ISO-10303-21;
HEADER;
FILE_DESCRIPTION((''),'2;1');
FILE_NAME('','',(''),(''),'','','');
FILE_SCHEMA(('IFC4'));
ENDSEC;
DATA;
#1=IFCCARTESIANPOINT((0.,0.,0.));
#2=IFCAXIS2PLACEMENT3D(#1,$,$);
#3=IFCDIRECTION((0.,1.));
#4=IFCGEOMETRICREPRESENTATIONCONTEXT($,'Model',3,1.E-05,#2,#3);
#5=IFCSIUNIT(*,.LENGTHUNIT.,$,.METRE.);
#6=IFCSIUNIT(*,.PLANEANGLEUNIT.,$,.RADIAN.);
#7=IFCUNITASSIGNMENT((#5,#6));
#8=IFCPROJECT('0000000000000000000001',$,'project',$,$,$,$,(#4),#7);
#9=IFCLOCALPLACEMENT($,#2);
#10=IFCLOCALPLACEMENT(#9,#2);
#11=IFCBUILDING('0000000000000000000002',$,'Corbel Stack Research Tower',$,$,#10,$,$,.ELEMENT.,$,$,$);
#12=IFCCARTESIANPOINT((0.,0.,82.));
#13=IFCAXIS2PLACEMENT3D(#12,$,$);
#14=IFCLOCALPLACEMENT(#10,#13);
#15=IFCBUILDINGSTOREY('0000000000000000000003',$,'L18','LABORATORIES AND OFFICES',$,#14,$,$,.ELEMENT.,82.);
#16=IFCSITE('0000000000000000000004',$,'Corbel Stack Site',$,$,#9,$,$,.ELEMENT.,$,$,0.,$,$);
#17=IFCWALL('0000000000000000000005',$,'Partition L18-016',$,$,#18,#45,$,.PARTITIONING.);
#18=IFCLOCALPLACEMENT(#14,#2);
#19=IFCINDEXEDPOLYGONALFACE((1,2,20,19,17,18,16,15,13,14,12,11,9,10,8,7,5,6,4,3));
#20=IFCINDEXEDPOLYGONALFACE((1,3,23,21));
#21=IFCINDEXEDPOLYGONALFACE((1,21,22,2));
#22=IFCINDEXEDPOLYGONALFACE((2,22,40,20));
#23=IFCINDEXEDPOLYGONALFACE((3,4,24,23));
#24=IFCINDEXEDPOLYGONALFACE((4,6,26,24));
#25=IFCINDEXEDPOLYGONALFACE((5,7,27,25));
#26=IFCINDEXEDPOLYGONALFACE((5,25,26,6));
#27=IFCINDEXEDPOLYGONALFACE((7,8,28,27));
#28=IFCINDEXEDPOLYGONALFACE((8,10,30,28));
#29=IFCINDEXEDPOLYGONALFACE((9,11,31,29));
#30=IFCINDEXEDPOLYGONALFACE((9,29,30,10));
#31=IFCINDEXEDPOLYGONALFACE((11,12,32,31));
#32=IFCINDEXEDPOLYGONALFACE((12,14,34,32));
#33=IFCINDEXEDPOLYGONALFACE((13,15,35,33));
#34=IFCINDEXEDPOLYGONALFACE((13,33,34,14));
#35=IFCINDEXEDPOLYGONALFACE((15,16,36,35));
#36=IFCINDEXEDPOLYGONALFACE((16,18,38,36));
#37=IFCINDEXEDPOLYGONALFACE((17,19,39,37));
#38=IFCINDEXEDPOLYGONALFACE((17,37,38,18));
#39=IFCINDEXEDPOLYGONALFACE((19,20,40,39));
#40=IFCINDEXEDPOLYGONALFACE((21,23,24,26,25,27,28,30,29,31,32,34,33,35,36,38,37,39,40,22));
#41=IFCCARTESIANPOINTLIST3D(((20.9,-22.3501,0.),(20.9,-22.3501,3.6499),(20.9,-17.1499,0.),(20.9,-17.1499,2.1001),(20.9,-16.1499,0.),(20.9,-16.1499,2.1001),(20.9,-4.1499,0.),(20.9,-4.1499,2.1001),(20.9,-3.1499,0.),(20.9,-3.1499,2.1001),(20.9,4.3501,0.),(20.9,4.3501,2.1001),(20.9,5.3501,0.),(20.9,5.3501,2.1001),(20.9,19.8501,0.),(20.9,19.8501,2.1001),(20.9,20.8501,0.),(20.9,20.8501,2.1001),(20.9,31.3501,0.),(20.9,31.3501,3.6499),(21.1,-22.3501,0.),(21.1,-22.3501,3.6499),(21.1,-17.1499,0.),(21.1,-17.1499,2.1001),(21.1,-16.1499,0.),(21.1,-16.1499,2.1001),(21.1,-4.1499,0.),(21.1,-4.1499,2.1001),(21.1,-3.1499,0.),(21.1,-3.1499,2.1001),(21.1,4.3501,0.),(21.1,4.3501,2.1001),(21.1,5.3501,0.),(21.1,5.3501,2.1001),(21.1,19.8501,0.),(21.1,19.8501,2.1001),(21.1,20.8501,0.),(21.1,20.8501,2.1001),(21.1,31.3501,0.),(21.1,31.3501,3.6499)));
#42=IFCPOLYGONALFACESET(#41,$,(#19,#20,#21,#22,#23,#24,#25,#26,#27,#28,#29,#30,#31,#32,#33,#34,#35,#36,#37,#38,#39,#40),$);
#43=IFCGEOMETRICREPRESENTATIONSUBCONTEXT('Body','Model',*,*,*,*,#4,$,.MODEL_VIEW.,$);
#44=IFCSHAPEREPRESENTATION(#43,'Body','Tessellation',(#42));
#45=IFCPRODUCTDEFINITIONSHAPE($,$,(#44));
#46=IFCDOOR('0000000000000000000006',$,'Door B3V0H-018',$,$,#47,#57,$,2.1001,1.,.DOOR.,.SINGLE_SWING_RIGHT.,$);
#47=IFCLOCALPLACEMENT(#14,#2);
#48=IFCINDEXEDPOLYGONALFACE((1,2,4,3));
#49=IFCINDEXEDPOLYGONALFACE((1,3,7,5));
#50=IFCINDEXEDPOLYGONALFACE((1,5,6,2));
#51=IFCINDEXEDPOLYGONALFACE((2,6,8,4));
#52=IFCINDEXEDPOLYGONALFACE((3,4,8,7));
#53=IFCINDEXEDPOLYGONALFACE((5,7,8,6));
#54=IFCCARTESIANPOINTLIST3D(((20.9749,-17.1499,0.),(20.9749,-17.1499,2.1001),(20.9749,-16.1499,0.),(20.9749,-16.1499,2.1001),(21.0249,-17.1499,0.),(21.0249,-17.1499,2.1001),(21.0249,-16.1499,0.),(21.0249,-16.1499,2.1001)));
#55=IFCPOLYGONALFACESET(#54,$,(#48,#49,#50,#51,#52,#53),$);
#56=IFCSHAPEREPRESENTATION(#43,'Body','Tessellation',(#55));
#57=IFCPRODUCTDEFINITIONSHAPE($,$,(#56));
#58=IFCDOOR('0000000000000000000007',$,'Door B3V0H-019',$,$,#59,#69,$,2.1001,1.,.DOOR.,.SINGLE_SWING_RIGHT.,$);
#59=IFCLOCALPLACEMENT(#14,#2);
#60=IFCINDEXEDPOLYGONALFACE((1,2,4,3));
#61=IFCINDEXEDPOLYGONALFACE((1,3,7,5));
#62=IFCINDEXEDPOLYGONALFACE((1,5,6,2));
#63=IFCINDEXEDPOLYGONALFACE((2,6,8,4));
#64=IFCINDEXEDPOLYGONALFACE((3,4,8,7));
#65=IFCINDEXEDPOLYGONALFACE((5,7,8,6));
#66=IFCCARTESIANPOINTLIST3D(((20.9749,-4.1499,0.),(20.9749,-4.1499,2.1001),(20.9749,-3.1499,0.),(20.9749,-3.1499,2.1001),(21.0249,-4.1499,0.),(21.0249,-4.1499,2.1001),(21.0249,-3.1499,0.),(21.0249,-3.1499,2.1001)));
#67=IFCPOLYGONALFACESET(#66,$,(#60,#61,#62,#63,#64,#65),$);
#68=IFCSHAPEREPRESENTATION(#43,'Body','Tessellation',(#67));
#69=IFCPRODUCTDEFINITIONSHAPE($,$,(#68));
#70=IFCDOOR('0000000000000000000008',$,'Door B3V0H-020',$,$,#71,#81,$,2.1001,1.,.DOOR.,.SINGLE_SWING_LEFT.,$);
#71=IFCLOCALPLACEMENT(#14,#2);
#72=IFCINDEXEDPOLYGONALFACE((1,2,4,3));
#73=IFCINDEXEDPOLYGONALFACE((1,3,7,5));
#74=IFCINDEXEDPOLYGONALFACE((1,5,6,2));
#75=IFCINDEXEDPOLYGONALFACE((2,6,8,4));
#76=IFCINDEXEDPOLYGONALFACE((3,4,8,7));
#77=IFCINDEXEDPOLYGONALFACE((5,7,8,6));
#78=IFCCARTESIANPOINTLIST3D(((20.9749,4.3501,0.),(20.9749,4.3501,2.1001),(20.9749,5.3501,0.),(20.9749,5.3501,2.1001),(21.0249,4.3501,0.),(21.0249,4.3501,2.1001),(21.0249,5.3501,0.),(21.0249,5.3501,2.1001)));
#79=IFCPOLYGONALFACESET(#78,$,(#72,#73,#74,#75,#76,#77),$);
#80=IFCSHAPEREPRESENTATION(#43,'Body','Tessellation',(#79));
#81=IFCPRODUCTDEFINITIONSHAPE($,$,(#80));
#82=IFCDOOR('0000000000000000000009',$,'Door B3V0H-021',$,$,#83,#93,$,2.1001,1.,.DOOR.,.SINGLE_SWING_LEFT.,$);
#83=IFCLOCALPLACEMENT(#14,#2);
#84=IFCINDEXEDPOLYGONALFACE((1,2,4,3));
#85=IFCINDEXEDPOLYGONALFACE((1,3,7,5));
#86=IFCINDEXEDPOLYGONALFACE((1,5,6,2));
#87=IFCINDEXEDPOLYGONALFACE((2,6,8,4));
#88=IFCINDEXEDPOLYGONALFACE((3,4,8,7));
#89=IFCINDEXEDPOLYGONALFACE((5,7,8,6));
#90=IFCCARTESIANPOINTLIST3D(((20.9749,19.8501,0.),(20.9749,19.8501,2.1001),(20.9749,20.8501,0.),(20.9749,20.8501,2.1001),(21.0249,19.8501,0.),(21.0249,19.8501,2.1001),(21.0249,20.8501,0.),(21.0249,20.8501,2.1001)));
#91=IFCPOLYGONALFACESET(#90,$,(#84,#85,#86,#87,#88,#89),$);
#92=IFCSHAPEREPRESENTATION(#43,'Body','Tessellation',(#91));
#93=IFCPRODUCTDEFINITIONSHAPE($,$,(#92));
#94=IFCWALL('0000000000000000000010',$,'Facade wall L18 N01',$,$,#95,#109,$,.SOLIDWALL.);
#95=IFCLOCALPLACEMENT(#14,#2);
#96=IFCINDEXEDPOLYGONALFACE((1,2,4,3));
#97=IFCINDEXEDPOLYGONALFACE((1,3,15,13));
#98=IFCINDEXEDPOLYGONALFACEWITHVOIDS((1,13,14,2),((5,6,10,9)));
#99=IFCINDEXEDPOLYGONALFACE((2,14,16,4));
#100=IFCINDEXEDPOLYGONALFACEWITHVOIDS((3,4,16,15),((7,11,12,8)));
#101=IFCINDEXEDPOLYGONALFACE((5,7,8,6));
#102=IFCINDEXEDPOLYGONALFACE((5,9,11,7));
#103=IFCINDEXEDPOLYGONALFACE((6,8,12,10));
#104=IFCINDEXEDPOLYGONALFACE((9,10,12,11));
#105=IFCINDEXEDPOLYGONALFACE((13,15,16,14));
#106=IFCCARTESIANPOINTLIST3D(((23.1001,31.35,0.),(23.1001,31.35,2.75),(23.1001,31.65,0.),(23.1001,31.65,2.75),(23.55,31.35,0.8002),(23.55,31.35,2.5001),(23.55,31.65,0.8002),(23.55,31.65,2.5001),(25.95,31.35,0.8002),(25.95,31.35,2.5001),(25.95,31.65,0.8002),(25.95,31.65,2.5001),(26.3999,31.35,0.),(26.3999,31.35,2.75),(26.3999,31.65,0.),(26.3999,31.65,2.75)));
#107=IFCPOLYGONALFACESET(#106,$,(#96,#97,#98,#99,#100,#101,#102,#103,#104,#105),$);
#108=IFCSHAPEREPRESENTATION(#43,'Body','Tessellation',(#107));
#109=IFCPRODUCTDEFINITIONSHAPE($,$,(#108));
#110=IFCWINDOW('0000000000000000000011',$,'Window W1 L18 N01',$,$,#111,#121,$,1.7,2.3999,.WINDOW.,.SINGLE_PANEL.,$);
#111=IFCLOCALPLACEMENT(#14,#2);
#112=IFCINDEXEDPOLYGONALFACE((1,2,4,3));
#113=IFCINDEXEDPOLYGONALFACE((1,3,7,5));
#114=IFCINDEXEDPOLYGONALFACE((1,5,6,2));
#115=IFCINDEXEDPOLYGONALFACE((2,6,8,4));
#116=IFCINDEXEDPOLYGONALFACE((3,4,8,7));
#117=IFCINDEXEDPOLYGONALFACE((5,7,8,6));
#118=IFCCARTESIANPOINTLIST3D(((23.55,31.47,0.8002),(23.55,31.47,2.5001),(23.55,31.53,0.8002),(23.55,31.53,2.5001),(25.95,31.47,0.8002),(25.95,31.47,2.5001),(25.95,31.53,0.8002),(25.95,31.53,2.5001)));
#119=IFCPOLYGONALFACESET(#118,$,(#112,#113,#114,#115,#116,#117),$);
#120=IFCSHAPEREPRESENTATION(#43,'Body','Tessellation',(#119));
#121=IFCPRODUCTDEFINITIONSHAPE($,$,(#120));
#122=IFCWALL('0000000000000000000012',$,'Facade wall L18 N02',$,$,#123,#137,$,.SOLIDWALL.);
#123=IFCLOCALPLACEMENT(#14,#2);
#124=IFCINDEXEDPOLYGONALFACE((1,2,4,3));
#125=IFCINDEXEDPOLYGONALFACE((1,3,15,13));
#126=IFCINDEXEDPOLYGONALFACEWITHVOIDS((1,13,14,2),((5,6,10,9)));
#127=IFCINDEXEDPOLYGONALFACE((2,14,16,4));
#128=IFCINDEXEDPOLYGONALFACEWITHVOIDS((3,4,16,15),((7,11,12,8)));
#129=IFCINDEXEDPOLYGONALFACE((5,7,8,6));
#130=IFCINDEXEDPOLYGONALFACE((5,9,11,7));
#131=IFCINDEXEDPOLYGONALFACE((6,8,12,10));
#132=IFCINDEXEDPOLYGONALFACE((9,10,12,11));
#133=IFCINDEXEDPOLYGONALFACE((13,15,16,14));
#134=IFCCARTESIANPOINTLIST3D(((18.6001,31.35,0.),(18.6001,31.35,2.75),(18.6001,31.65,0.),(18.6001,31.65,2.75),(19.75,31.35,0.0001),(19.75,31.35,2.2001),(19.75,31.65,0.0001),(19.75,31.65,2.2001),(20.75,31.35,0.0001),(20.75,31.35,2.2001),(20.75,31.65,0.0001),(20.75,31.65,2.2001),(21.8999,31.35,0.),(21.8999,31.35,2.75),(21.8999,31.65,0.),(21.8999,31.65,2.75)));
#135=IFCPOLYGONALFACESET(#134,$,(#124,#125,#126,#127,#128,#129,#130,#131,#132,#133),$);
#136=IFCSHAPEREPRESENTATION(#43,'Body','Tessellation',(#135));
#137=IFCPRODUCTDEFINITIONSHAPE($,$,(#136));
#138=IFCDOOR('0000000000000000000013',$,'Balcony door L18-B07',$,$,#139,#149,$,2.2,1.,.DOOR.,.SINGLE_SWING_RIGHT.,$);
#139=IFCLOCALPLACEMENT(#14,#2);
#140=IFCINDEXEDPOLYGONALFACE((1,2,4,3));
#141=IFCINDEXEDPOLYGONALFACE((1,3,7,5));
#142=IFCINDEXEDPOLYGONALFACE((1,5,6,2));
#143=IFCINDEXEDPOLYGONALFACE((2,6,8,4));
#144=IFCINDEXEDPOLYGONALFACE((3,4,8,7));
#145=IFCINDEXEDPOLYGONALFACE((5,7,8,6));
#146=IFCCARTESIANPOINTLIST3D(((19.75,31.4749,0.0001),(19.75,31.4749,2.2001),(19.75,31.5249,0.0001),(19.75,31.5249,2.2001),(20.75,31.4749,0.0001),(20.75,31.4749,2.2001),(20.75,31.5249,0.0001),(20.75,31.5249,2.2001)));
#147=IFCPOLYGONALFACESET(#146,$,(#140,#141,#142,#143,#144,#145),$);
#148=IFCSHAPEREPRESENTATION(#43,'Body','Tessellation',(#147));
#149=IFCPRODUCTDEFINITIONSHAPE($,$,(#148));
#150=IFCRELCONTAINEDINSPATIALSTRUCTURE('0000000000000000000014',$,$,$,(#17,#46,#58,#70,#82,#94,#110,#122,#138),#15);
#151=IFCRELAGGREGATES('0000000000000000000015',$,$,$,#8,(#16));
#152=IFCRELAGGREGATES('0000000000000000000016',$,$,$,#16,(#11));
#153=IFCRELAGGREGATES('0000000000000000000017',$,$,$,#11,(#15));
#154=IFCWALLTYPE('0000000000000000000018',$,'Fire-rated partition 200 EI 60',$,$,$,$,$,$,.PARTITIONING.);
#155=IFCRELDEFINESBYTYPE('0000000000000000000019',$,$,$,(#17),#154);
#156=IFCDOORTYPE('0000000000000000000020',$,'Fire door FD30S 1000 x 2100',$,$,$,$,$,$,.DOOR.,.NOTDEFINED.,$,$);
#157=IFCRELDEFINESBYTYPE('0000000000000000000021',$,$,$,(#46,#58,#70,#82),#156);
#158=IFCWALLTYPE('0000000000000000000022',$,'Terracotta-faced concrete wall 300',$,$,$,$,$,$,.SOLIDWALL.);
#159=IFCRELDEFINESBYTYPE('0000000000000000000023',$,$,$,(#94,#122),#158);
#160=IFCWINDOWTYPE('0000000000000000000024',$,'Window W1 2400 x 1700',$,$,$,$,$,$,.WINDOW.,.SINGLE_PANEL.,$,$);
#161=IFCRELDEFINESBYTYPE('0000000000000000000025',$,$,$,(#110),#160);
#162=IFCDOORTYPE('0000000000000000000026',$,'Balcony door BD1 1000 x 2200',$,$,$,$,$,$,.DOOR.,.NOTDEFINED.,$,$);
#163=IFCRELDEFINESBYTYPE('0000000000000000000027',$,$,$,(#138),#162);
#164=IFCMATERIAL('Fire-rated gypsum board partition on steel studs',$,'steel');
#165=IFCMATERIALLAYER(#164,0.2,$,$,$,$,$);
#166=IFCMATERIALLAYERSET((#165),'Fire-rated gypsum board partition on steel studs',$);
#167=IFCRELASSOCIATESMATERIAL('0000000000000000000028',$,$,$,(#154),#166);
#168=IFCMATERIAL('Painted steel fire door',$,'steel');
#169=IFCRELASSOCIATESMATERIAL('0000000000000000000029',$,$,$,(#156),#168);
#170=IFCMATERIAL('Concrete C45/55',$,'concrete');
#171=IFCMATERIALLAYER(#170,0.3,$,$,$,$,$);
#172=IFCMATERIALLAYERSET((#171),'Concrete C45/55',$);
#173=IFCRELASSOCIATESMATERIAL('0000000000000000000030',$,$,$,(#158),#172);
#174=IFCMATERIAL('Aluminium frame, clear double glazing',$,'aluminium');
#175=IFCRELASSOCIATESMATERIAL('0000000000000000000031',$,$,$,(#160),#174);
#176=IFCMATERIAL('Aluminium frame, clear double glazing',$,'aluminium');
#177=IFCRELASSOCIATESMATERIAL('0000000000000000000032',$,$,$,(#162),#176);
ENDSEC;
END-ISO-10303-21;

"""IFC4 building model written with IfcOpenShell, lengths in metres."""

from ifc_helpers import new_model, si_unit, direction, frame, frame_2d, origin, place, context, subcontext, project, spatial, rectangle, extrude, material, layer, layer_set, type_object, element, fill, save


model = new_model("IFC4")

# Units and contexts
model_context = context("Model", 3, precision=1e-05, world=origin(), true_north=direction((0.0, 1.0)))
body_context = subcontext(model_context, "Body", "Model", "MODEL_VIEW")
ifc_project = project(units=[si_unit("LENGTHUNIT", "METRE"), si_unit("PLANEANGLEUNIT", "RADIAN")], contexts=[model_context])

# Site, building, storey
site_placement = place(None, origin())
site = spatial("IfcSite", under=ifc_project, at=site_placement, Name="Corbel Stack Site", CompositionType="ELEMENT", RefElevation=0.0)
building_placement = place(site_placement, origin())
building = spatial("IfcBuilding", under=site, at=building_placement, Name="Corbel Stack Research Tower", CompositionType="ELEMENT")
storey_placement = place(building_placement, frame((0.0, 0.0, 82.0)))
storey = spatial("IfcBuildingStorey", under=building, at=storey_placement, Name="L18", Description="LABORATORIES AND OFFICES", CompositionType="ELEMENT", Elevation=82.0)

# Shared definitions
ifc_material_1 = material(Name="Fire-rated gypsum board partition on steel studs", Category="steel")
ifc_layer_1 = layer(ifc_material_1, 0.2)
ifc_layer_set_1 = layer_set([ifc_layer_1], Name="Fire-rated gypsum board partition on steel studs")
wall_type_1 = type_object("IfcWallType", Name="Fire-rated partition 200 EI 60", PredefinedType="PARTITIONING", material=ifc_layer_set_1)

# Wall, openings, doors
wall_1_placement = place(storey_placement, frame((21.0, 31.3501, 0.0), z_axis=(0.0, 0.0, 1.0), x_axis=(0.0, -1.0, 0.0)))
wall_1 = element("IfcWall", 1, at=wall_1_placement, inside=storey, type_object=wall_type_1, Name="Partition L18-016", PredefinedType="PARTITIONING", context=body_context, shape_type="SweptSolid", body=[
    extrude(rectangle(XDim=53.7002, YDim=0.2, at=frame_2d((26.8501, 0.0))), origin(), (0.0, 0.0, 1.0), 3.6499),
])
opening_1_placement = place(wall_1_placement, frame((47.5, 0.0, 0.0)))
opening_1 = element("IfcOpeningElement", 2, at=opening_1_placement, cuts=wall_1, PredefinedType="OPENING", context=body_context, shape_type="SweptSolid", body=[
    extrude(rectangle(XDim=1.0, YDim=2.1001, at=frame_2d((0.5, 1.05))), frame((0.0, 0.1099, 0.0), z_axis=(0.0, -1.0, 0.0), x_axis=(1.0, 0.0, 0.0)), (0.0, 0.0, 1.0), 0.22),
])
opening_2_placement = place(wall_1_placement, frame((34.5, 0.0, 0.0)))
opening_2 = element("IfcOpeningElement", 3, at=opening_2_placement, cuts=wall_1, PredefinedType="OPENING", context=body_context, shape_type="SweptSolid", body=[
    extrude(rectangle(XDim=1.0, YDim=2.1001, at=frame_2d((0.5, 1.05))), frame((0.0, 0.1099, 0.0), z_axis=(0.0, -1.0, 0.0), x_axis=(1.0, 0.0, 0.0)), (0.0, 0.0, 1.0), 0.22),
])
opening_3_placement = place(wall_1_placement, frame((26.0, 0.0, 0.0)))
opening_3 = element("IfcOpeningElement", 4, at=opening_3_placement, cuts=wall_1, PredefinedType="OPENING", context=body_context, shape_type="SweptSolid", body=[
    extrude(rectangle(XDim=1.0, YDim=2.1001, at=frame_2d((0.5, 1.05))), frame((0.0, 0.1099, 0.0), z_axis=(0.0, -1.0, 0.0), x_axis=(1.0, 0.0, 0.0)), (0.0, 0.0, 1.0), 0.22),
])
opening_4_placement = place(wall_1_placement, frame((10.5, 0.0, 0.0)))
opening_4 = element("IfcOpeningElement", 5, at=opening_4_placement, cuts=wall_1, PredefinedType="OPENING", context=body_context, shape_type="SweptSolid", body=[
    extrude(rectangle(XDim=1.0, YDim=2.1001, at=frame_2d((0.5, 1.05))), frame((0.0, 0.1099, 0.0), z_axis=(0.0, -1.0, 0.0), x_axis=(1.0, 0.0, 0.0)), (0.0, 0.0, 1.0), 0.22),
])
ifc_material_2 = material(Name="Painted steel fire door", Category="steel")
door_type_1 = type_object("IfcDoorType", Name="Fire door FD30S 1000 x 2100", OperationType="NOTDEFINED", PredefinedType="DOOR", material=ifc_material_2)
door_1_placement = place(opening_1_placement, origin())
door_1 = element("IfcDoor", 6, at=door_1_placement, inside=storey, type_object=door_type_1, Name="Door B3V0H-018", OperationType="SINGLE_SWING_RIGHT", OverallHeight=2.1001, OverallWidth=1.0, PredefinedType="DOOR", context=body_context, shape_type="SweptSolid", body=[
    extrude(rectangle(XDim=1.0, YDim=2.1001, at=frame_2d((0.5, 1.05))), frame((0.0, 0.0249, 0.0), z_axis=(0.0, -1.0, 0.0), x_axis=(1.0, 0.0, 0.0)), (0.0, 0.0, 1.0), 0.05),
])
fill(opening_1, door_1)
door_2_placement = place(opening_2_placement, origin())
door_2 = element("IfcDoor", 7, at=door_2_placement, inside=storey, type_object=door_type_1, Name="Door B3V0H-019", OperationType="SINGLE_SWING_RIGHT", OverallHeight=2.1001, OverallWidth=1.0, PredefinedType="DOOR", context=body_context, shape_type="SweptSolid", body=[
    extrude(rectangle(XDim=1.0, YDim=2.1001, at=frame_2d((0.5, 1.05))), frame((0.0, 0.0249, 0.0), z_axis=(0.0, -1.0, 0.0), x_axis=(1.0, 0.0, 0.0)), (0.0, 0.0, 1.0), 0.05),
])
fill(opening_2, door_2)
door_3_placement = place(opening_3_placement, origin())
door_3 = element("IfcDoor", 8, at=door_3_placement, inside=storey, type_object=door_type_1, Name="Door B3V0H-020", OperationType="SINGLE_SWING_LEFT", OverallHeight=2.1001, OverallWidth=1.0, PredefinedType="DOOR", context=body_context, shape_type="SweptSolid", body=[
    extrude(rectangle(XDim=1.0, YDim=2.1001, at=frame_2d((0.5, 1.05))), frame((0.0, 0.0249, 0.0), z_axis=(0.0, -1.0, 0.0), x_axis=(1.0, 0.0, 0.0)), (0.0, 0.0, 1.0), 0.05),
])
fill(opening_3, door_3)
door_4_placement = place(opening_4_placement, origin())
door_4 = element("IfcDoor", 9, at=door_4_placement, inside=storey, type_object=door_type_1, Name="Door B3V0H-021", OperationType="SINGLE_SWING_LEFT", OverallHeight=2.1001, OverallWidth=1.0, PredefinedType="DOOR", context=body_context, shape_type="SweptSolid", body=[
    extrude(rectangle(XDim=1.0, YDim=2.1001, at=frame_2d((0.5, 1.05))), frame((0.0, 0.0249, 0.0), z_axis=(0.0, -1.0, 0.0), x_axis=(1.0, 0.0, 0.0)), (0.0, 0.0, 1.0), 0.05),
])
fill(opening_4, door_4)

# Wall, opening, window
ifc_material_3 = material(Name="Concrete C45/55", Category="concrete")
ifc_layer_2 = layer(ifc_material_3, 0.3)
ifc_layer_set_2 = layer_set([ifc_layer_2], Name="Concrete C45/55")
wall_type_2 = type_object("IfcWallType", Name="Terracotta-faced concrete wall 300", PredefinedType="SOLIDWALL", material=ifc_layer_set_2)
wall_2_placement = place(storey_placement, frame((23.1001, 31.5, 0.0), z_axis=(0.0, 0.0, 1.0), x_axis=(1.0, 0.0, 0.0)))
wall_2 = element("IfcWall", 10, at=wall_2_placement, inside=storey, type_object=wall_type_2, Name="Facade wall L18 N01", PredefinedType="SOLIDWALL", context=body_context, shape_type="SweptSolid", body=[
    extrude(rectangle(XDim=3.2998, YDim=0.3, at=frame_2d((1.6499, 0.0))), origin(), (0.0, 0.0, 1.0), 2.75),
])
opening_5_placement = place(wall_2_placement, frame((0.45, 0.0, 0.8)))
opening_5 = element("IfcOpeningElement", 11, at=opening_5_placement, cuts=wall_2, PredefinedType="OPENING", context=body_context, shape_type="SweptSolid", body=[
    extrude(rectangle(XDim=2.3999, YDim=1.7, at=frame_2d((1.2, 0.8501))), frame((0.0, 0.1599, 0.0), z_axis=(0.0, -1.0, 0.0), x_axis=(1.0, 0.0, 0.0)), (0.0, 0.0, 1.0), 0.3201),
])
ifc_material_4 = material(Name="Aluminium frame, clear double glazing", Category="aluminium")
window_type = type_object("IfcWindowType", Name="Window W1 2400 x 1700", PartitioningType="SINGLE_PANEL", PredefinedType="WINDOW", material=ifc_material_4)
window_placement = place(opening_5_placement, origin())
window = element("IfcWindow", 12, at=window_placement, inside=storey, type_object=window_type, Name="Window W1 L18 N01", OverallHeight=1.7, OverallWidth=2.3999, PartitioningType="SINGLE_PANEL", PredefinedType="WINDOW", context=body_context, shape_type="SweptSolid", body=[
    extrude(rectangle(XDim=2.3999, YDim=1.7, at=frame_2d((1.2, 0.8501))), frame((0.0, 0.03, 0.0), z_axis=(0.0, -1.0, 0.0), x_axis=(1.0, 0.0, 0.0)), (0.0, 0.0, 1.0), 0.0601),
])
fill(opening_5, window)

# Wall, opening, door
wall_3_placement = place(storey_placement, frame((18.6001, 31.5, 0.0), z_axis=(0.0, 0.0, 1.0), x_axis=(1.0, 0.0, 0.0)))
wall_3 = element("IfcWall", 13, at=wall_3_placement, inside=storey, type_object=wall_type_2, Name="Facade wall L18 N02", PredefinedType="SOLIDWALL", context=body_context, shape_type="SweptSolid", body=[
    extrude(rectangle(XDim=3.2998, YDim=0.3, at=frame_2d((1.6499, 0.0))), origin(), (0.0, 0.0, 1.0), 2.75),
])
opening_6_placement = place(wall_3_placement, frame((1.1499, 0.0, 0.0)))
opening_6 = element("IfcOpeningElement", 14, at=opening_6_placement, cuts=wall_3, PredefinedType="OPENING", context=body_context, shape_type="SweptSolid", body=[
    extrude(rectangle(XDim=1.0, YDim=2.2, at=frame_2d((0.5, 1.1001))), frame((0.0, 0.1599, 0.0), z_axis=(0.0, -1.0, 0.0), x_axis=(1.0, 0.0, 0.0)), (0.0, 0.0, 1.0), 0.3201),
])
ifc_material_5 = material(Name="Aluminium frame, clear double glazing", Category="aluminium")
door_type_2 = type_object("IfcDoorType", Name="Balcony door BD1 1000 x 2200", OperationType="NOTDEFINED", PredefinedType="DOOR", material=ifc_material_5)
door_5_placement = place(opening_6_placement, origin())
door_5 = element("IfcDoor", 15, at=door_5_placement, inside=storey, type_object=door_type_2, Name="Balcony door L18-B07", OperationType="SINGLE_SWING_RIGHT", OverallHeight=2.2, OverallWidth=1.0, PredefinedType="DOOR", context=body_context, shape_type="SweptSolid", body=[
    extrude(rectangle(XDim=1.0, YDim=2.2, at=frame_2d((0.5, 1.1001))), frame((0.0, 0.0249, 0.0), z_axis=(0.0, -1.0, 0.0), x_axis=(1.0, 0.0, 0.0)), (0.0, 0.0, 1.0), 0.05),
])
fill(opening_6, door_5)

save(model, "model.ifc")
